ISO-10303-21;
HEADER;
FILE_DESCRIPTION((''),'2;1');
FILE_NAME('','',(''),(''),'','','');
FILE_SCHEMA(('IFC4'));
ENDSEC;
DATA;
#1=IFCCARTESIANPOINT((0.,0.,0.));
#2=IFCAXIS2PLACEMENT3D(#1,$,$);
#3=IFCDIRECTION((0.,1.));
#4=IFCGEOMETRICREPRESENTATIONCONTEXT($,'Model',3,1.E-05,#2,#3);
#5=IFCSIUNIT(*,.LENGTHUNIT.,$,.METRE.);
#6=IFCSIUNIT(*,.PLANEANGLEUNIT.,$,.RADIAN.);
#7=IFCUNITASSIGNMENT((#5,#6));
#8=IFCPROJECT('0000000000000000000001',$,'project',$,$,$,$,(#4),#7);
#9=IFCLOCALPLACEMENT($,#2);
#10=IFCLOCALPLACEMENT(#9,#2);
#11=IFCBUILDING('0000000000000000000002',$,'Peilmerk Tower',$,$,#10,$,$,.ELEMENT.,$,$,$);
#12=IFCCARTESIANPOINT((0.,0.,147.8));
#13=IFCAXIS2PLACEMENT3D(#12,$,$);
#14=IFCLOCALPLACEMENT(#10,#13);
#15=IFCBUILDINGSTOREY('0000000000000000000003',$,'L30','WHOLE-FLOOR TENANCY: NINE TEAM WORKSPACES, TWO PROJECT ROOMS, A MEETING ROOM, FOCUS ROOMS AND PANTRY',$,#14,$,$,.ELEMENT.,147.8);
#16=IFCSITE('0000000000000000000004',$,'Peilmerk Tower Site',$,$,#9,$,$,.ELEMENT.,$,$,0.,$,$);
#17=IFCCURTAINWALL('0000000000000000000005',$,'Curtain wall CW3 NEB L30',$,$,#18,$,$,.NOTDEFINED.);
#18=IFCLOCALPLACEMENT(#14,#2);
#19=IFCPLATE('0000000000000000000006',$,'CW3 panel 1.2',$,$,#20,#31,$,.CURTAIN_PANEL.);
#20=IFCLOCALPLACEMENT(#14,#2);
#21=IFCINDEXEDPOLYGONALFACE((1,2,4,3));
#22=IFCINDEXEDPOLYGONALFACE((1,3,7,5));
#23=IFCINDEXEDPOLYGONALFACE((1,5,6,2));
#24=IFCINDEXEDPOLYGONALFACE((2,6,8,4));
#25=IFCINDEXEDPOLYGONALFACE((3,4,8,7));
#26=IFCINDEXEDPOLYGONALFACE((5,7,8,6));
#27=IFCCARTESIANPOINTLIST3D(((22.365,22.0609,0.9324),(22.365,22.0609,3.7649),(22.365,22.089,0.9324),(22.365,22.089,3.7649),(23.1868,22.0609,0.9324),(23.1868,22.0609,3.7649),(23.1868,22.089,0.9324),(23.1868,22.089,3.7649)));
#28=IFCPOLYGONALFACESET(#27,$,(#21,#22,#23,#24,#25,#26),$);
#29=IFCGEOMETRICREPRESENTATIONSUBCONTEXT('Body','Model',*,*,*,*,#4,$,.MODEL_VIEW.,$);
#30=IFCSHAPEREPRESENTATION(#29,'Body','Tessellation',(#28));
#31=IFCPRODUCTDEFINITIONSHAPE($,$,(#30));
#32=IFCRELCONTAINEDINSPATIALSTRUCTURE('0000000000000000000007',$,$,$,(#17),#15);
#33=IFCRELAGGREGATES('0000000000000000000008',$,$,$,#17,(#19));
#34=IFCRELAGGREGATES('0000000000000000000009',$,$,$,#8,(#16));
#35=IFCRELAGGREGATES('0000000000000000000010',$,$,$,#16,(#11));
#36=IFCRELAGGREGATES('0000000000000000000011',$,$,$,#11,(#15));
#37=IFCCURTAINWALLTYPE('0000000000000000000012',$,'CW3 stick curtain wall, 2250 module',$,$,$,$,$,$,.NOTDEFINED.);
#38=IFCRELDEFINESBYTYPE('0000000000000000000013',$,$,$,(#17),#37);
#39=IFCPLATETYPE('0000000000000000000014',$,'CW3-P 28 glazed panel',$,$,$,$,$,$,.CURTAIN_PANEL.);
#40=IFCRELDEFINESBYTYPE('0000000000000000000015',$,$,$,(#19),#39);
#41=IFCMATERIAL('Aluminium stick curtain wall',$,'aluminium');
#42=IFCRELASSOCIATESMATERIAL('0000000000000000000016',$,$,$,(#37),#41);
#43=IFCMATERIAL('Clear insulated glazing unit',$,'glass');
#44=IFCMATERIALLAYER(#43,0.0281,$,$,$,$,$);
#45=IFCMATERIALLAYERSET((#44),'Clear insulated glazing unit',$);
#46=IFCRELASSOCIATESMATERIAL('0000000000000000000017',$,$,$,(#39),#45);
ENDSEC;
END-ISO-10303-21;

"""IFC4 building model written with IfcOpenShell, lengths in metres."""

from ifc_helpers import new_model, si_unit, direction, frame, origin, origin_2d, place, context, subcontext, project, spatial, rectangle, extrude, material, layer, layer_set, type_object, element, aggregate, save


model = new_model("IFC4")

# Units and contexts
model_context = context("Model", 3, precision=1e-05, world=origin(), true_north=direction((0.0, 1.0)))
body_context = subcontext(model_context, "Body", "Model", "MODEL_VIEW")
ifc_project = project(units=[si_unit("LENGTHUNIT", "METRE"), si_unit("PLANEANGLEUNIT", "RADIAN")], contexts=[model_context])

# Site, building, storey
site_placement = place(None, origin())
site = spatial("IfcSite", under=ifc_project, at=site_placement, Name="Peilmerk Tower Site", CompositionType="ELEMENT", RefElevation=0.0)
building_placement = place(site_placement, origin())
building = spatial("IfcBuilding", under=site, at=building_placement, Name="Peilmerk Tower", CompositionType="ELEMENT")
storey_placement = place(building_placement, frame((0.0, 0.0, 147.8)))
storey = spatial("IfcBuildingStorey", under=building, at=storey_placement, Name="L30", Description="WHOLE-FLOOR TENANCY: NINE TEAM WORKSPACES, TWO PROJECT ROOMS, A MEETING ROOM, FOCUS ROOMS AND PANTRY", CompositionType="ELEMENT", Elevation=147.8)

# Curtain wall, plate
ifc_material_1 = material(Name="Aluminium stick curtain wall", Category="aluminium")
curtain_wall_type = type_object("IfcCurtainWallType", Name="CW3 stick curtain wall, 2250 module", PredefinedType="NOTDEFINED", material=ifc_material_1)
curtain_wall_placement = place(storey_placement, origin())
curtain_wall = element("IfcCurtainWall", 1, at=curtain_wall_placement, inside=storey, type_object=curtain_wall_type, Name="Curtain wall CW3 NEB L30", PredefinedType="NOTDEFINED")
ifc_material_2 = material(Name="Clear insulated glazing unit", Category="glass")
ifc_layer = layer(ifc_material_2, 0.0281)
ifc_layer_set = layer_set([ifc_layer], Name="Clear insulated glazing unit")
plate_type = type_object("IfcPlateType", Name="CW3-P 28 glazed panel", PredefinedType="CURTAIN_PANEL", material=ifc_layer_set)
plate_1_placement = place(storey_placement, frame((22.7759, 22.075, 0.9324), z_axis=(0.0, 0.0, 1.0), x_axis=(1.0, 0.0, 0.0)))
plate_1 = element("IfcPlate", 2, at=plate_1_placement, type_object=plate_type, Name="CW3 panel 1.2", PredefinedType="CURTAIN_PANEL", context=body_context, shape_type="SweptSolid", body=[
    extrude(rectangle(XDim=0.8218, YDim=0.0281, at=origin_2d()), origin(), (0.0, 0.0, 1.0), 2.8325),
])
aggregate(curtain_wall, [plate_1])

save(model, "model.ifc")
